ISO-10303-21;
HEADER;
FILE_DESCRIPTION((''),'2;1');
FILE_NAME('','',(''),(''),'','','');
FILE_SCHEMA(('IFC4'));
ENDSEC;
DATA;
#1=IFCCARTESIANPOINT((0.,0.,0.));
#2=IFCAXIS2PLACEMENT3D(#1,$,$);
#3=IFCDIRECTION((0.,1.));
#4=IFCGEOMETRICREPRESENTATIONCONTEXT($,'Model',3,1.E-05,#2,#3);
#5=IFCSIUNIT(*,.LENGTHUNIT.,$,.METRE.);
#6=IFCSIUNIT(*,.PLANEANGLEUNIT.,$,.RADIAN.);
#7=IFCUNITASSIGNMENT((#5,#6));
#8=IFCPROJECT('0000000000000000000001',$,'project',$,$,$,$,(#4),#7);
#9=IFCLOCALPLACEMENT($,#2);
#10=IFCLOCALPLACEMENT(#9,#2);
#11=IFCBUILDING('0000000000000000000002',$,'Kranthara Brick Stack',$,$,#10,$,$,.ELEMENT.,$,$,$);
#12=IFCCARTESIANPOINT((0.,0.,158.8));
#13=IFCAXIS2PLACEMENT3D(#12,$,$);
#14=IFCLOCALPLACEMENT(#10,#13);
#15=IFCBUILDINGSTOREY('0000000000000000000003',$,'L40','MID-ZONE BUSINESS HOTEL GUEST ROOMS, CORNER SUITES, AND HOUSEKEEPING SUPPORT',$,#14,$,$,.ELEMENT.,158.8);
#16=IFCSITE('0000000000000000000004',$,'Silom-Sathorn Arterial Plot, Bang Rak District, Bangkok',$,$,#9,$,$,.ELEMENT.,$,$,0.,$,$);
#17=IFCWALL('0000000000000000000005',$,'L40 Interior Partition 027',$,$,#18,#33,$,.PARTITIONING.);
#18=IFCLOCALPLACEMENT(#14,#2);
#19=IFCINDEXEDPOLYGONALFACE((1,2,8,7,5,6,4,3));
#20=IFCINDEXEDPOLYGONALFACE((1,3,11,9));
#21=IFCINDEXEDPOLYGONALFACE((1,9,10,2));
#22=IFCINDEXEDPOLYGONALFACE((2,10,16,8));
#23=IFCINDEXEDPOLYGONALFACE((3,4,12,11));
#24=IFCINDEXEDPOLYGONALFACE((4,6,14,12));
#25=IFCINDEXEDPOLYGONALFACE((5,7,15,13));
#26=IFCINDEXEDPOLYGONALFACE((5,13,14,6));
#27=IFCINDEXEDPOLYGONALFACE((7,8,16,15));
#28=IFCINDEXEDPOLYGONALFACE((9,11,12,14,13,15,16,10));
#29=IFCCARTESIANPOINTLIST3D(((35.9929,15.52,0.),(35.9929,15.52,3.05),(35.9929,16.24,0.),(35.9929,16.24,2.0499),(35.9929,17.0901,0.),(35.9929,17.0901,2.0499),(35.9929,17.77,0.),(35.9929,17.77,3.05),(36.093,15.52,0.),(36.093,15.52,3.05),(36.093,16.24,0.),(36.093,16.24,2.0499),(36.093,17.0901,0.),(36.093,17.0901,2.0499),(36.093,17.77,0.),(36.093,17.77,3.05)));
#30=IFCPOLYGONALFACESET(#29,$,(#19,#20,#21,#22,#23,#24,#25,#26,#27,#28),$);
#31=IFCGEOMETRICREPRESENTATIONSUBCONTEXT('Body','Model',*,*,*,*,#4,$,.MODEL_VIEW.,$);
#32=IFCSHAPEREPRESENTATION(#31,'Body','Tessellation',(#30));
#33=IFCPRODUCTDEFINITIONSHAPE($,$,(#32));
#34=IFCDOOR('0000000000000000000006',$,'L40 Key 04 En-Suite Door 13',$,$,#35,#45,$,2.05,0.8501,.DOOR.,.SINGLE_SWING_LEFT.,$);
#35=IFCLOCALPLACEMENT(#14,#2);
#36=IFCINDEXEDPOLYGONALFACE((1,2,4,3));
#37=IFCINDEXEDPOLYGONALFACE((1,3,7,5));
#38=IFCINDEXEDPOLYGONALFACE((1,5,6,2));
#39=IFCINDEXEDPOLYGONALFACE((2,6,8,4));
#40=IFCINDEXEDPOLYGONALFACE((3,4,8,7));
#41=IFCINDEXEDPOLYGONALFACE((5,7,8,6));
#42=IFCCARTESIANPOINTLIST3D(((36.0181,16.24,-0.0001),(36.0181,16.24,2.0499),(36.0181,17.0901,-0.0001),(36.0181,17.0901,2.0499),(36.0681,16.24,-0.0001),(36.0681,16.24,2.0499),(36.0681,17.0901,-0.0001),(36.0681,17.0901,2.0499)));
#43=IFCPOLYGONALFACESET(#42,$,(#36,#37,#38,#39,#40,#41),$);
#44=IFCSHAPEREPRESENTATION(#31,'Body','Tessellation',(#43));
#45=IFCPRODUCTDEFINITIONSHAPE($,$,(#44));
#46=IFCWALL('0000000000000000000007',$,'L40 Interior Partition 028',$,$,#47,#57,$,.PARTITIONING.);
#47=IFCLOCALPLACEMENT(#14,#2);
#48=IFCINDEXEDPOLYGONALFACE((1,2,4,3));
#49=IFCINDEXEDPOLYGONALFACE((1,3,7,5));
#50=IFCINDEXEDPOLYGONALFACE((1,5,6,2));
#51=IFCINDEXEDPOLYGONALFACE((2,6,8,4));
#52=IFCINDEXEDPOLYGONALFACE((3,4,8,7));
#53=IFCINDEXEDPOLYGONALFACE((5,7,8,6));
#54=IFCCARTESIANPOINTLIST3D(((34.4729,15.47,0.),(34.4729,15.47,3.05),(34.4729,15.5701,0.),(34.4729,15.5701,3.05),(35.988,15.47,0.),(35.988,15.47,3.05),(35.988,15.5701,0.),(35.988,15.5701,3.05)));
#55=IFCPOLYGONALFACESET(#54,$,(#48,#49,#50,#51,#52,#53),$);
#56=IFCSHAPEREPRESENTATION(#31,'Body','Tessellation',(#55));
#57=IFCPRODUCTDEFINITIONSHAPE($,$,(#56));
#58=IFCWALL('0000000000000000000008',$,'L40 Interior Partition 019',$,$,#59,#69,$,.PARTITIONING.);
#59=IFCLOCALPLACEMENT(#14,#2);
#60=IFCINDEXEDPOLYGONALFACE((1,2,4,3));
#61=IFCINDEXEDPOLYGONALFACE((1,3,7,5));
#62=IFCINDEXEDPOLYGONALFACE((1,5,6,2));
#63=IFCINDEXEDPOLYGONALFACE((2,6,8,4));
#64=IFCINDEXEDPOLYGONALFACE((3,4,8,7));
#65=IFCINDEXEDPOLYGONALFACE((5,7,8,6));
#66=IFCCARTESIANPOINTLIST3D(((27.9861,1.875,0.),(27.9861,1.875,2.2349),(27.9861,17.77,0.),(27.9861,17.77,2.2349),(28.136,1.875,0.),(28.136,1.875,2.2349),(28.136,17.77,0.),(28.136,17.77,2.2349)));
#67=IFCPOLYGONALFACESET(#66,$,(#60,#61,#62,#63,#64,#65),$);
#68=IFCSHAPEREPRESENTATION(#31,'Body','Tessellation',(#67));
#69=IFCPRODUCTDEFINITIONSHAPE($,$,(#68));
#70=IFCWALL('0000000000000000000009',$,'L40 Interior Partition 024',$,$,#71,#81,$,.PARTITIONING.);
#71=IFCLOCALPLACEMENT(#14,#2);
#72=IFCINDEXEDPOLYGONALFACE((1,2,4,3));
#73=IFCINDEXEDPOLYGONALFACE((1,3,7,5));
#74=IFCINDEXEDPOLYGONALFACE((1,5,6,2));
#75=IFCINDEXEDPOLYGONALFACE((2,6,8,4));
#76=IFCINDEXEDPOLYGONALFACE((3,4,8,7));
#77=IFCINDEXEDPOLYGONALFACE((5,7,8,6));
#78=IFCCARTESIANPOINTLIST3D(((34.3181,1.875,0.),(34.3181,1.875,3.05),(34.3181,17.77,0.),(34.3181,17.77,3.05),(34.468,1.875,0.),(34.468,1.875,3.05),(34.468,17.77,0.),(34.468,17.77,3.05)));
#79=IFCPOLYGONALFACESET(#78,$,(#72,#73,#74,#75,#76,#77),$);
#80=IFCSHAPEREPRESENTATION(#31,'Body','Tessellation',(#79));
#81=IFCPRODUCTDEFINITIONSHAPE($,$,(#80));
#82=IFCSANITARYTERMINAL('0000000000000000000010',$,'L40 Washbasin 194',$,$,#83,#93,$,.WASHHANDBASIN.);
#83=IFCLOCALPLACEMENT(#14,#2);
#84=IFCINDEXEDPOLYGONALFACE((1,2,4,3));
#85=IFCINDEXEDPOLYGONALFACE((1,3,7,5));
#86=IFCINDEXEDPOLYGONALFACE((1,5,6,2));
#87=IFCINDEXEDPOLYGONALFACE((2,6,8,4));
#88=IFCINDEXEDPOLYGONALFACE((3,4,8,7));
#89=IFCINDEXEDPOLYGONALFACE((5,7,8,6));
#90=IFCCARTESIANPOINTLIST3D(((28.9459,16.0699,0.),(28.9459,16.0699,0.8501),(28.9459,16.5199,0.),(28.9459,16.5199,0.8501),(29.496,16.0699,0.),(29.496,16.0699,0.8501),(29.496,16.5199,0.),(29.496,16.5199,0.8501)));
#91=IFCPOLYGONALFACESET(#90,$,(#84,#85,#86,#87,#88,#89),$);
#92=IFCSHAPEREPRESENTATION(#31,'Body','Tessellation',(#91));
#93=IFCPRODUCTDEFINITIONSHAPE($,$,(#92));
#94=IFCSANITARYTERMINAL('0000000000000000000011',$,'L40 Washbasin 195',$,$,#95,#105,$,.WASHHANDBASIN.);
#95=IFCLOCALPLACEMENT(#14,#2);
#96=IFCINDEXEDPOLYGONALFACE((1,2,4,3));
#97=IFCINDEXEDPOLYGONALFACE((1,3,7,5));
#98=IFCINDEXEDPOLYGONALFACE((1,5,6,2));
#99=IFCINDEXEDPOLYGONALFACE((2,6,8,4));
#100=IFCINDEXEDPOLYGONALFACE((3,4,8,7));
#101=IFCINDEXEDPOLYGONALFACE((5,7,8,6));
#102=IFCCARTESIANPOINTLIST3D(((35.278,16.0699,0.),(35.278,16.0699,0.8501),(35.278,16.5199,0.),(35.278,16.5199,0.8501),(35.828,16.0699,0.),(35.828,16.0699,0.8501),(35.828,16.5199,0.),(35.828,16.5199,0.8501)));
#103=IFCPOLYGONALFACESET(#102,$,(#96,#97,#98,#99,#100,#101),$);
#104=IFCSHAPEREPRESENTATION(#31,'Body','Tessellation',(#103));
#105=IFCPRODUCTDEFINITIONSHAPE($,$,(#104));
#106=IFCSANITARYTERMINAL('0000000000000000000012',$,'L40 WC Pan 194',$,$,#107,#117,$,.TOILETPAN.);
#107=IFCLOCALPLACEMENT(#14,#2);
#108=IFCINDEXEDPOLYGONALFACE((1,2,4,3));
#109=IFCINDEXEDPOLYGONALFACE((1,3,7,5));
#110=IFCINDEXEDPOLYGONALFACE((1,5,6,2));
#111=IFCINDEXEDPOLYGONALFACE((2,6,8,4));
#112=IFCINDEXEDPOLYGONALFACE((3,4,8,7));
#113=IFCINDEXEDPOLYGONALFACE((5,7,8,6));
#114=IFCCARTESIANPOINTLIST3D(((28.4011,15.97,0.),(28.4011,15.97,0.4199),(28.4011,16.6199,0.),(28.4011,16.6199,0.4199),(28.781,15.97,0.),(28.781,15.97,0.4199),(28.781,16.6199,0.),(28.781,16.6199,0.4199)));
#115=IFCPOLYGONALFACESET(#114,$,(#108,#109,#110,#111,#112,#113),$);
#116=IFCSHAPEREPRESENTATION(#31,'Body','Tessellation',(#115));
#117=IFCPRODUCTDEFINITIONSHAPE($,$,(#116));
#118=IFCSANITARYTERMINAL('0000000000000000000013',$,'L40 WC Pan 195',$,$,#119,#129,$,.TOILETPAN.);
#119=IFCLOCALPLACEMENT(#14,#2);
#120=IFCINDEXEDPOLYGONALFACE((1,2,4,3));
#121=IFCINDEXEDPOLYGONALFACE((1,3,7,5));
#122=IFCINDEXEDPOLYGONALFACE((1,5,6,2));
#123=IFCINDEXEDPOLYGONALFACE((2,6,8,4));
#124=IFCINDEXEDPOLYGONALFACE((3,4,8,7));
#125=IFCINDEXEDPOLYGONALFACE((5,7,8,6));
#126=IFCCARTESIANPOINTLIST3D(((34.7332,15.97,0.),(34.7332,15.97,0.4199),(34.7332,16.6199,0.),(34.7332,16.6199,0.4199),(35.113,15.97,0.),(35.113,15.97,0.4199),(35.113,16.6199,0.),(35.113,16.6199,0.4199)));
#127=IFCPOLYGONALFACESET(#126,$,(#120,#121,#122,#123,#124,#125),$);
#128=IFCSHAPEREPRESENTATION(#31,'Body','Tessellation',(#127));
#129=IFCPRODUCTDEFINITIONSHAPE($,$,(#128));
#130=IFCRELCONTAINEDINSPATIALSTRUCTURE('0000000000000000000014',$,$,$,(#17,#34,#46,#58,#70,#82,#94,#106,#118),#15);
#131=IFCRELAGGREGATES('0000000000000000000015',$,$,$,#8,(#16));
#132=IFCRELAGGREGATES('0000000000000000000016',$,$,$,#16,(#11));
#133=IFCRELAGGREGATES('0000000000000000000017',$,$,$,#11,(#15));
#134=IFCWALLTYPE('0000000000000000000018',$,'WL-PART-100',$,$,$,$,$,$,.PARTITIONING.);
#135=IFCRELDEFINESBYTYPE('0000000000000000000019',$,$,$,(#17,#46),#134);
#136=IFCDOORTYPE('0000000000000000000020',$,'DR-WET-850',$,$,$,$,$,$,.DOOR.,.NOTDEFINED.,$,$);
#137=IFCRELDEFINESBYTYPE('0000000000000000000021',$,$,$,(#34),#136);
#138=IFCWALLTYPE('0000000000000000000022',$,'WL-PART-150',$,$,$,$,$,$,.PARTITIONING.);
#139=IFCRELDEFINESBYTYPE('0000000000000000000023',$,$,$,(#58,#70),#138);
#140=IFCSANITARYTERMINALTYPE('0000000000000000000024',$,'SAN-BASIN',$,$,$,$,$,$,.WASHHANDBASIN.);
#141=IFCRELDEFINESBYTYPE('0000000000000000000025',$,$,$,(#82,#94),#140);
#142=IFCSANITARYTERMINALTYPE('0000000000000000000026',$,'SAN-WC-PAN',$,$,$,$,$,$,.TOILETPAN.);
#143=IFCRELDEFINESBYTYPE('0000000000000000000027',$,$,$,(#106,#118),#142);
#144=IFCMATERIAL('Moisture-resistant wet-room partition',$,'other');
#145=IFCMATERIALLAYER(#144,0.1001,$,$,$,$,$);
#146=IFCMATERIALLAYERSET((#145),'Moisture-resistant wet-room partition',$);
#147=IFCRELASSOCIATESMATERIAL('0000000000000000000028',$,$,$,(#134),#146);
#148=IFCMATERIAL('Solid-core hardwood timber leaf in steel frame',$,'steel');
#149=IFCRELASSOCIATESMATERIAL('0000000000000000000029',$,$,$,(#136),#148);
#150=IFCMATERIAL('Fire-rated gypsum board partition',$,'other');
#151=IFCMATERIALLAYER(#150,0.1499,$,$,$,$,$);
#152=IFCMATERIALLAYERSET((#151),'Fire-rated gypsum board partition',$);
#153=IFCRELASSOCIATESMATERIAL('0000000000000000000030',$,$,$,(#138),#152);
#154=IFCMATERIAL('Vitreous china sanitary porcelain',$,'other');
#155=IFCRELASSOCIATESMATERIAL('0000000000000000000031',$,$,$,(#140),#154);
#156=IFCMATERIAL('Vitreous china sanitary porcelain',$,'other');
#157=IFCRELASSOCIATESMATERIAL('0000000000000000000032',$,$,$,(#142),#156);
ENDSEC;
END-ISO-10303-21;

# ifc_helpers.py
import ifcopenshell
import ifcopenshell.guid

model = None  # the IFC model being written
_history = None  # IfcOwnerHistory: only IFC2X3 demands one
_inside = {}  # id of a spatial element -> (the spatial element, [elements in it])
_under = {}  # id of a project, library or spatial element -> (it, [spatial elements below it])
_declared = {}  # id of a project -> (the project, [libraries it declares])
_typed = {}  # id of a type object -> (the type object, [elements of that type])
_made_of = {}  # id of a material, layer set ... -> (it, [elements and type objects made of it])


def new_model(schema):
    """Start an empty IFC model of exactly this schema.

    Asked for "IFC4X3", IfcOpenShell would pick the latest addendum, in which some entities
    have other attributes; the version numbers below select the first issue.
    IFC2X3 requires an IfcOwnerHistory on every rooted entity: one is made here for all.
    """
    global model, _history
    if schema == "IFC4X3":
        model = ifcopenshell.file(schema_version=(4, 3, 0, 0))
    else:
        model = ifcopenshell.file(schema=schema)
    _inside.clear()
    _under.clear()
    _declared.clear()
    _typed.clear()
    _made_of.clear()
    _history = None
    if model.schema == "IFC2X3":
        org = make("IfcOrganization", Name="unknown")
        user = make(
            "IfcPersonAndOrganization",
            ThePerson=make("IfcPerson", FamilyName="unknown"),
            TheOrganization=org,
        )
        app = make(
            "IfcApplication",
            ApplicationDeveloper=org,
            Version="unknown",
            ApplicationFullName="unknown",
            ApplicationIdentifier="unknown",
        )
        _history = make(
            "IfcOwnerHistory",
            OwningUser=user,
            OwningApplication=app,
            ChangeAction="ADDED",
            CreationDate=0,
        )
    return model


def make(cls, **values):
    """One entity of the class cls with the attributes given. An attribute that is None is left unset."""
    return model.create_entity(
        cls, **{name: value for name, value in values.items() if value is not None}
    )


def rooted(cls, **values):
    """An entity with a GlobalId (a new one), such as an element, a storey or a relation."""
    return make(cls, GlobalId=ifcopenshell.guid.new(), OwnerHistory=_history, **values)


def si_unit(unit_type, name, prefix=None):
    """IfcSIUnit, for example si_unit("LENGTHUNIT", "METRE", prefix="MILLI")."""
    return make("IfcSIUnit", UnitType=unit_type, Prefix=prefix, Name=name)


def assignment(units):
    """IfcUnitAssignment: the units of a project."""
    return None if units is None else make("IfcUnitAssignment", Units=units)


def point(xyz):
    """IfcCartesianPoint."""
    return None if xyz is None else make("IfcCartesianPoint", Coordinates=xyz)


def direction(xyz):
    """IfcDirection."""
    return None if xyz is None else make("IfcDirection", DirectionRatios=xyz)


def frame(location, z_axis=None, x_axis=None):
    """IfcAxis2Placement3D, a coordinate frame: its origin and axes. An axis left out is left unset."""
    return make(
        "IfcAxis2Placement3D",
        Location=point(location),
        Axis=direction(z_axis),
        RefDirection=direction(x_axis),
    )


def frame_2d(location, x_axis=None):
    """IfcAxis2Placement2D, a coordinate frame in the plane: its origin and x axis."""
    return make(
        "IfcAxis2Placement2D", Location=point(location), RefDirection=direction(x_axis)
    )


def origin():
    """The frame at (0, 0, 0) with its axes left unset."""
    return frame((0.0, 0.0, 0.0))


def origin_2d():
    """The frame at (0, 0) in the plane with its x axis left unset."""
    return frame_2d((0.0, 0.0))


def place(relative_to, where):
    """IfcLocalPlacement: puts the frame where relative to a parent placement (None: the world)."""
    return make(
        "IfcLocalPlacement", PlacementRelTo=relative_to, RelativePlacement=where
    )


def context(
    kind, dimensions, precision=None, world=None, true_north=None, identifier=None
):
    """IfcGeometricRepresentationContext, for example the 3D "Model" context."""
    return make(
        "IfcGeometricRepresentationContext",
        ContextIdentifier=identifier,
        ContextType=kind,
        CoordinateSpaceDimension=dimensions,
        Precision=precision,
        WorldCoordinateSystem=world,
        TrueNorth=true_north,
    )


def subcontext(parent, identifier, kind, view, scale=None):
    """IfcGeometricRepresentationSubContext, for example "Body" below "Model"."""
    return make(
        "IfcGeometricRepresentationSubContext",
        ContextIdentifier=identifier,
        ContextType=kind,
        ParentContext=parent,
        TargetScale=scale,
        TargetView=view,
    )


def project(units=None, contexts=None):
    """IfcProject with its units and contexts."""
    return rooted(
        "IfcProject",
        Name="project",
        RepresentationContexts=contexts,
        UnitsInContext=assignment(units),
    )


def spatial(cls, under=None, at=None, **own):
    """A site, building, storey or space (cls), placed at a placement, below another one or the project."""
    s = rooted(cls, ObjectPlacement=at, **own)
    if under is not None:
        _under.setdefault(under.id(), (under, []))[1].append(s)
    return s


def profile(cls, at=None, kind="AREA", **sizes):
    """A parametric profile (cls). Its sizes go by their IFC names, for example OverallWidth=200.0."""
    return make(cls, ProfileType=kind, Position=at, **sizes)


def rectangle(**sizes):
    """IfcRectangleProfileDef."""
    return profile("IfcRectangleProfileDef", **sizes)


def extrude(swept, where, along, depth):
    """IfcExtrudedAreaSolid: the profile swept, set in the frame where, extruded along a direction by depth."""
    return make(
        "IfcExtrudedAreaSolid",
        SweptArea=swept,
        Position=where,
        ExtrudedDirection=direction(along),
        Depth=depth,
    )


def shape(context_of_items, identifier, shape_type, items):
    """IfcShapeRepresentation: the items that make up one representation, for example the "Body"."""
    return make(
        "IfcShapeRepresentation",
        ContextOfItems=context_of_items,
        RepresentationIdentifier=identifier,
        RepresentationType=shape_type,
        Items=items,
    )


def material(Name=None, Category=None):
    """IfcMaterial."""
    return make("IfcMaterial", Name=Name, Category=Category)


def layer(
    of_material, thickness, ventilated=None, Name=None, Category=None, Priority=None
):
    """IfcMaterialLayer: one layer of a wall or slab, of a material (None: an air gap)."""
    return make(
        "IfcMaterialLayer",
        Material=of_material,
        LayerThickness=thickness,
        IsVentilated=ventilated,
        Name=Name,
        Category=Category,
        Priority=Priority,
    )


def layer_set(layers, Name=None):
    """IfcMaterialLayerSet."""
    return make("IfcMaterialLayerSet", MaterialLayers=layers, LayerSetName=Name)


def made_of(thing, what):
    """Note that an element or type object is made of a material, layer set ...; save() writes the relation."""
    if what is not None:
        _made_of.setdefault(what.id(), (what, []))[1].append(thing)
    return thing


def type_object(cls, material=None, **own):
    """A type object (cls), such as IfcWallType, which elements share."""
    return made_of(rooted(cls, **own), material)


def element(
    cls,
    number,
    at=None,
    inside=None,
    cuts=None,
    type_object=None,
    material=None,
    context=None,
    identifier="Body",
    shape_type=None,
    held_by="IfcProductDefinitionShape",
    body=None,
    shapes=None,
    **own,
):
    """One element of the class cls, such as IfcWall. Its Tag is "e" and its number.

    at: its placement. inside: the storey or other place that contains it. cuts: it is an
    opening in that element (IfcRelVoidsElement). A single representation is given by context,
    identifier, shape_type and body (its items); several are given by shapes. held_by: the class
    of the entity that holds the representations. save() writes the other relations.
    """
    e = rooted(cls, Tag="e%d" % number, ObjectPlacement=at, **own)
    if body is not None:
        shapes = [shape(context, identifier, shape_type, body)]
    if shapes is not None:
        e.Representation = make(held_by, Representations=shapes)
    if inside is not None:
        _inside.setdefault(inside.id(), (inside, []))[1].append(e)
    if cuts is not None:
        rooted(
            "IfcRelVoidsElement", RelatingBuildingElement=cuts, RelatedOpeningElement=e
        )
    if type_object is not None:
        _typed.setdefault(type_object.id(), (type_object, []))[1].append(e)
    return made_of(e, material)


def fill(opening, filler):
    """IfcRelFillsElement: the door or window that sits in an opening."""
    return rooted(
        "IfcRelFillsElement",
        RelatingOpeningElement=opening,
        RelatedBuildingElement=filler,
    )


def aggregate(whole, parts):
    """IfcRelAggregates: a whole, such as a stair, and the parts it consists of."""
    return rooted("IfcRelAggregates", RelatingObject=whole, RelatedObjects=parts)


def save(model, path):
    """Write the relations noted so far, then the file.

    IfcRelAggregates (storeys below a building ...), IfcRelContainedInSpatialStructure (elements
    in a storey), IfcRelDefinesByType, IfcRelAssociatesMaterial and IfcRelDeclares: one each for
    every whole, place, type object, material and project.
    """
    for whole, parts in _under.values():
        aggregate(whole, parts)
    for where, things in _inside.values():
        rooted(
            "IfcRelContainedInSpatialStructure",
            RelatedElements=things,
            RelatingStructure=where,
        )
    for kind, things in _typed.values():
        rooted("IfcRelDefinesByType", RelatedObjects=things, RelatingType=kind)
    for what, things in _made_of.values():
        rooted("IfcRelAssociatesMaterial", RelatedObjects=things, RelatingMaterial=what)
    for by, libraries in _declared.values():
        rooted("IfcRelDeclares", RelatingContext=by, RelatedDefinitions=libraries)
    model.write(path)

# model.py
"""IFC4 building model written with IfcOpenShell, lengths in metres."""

from ifc_helpers import new_model, si_unit, direction, frame, frame_2d, origin, origin_2d, place, context, subcontext, project, spatial, rectangle, extrude, material, layer, layer_set, type_object, element, fill, save


model = new_model("IFC4")

# Units and contexts
model_context = context("Model", 3, precision=1e-05, world=origin(), true_north=direction((0.0, 1.0)))
body_context = subcontext(model_context, "Body", "Model", "MODEL_VIEW")
ifc_project = project(units=[si_unit("LENGTHUNIT", "METRE"), si_unit("PLANEANGLEUNIT", "RADIAN")], contexts=[model_context])

# Site, building, storey
site_placement = place(None, origin())
site = spatial("IfcSite", under=ifc_project, at=site_placement, Name="Silom-Sathorn Arterial Plot, Bang Rak District, Bangkok", CompositionType="ELEMENT", RefElevation=0.0)
building_placement = place(site_placement, origin())
building = spatial("IfcBuilding", under=site, at=building_placement, Name="Kranthara Brick Stack", CompositionType="ELEMENT")
storey_placement = place(building_placement, frame((0.0, 0.0, 158.8)))
storey = spatial("IfcBuildingStorey", under=building, at=storey_placement, Name="L40", Description="MID-ZONE BUSINESS HOTEL GUEST ROOMS, CORNER SUITES, AND HOUSEKEEPING SUPPORT", CompositionType="ELEMENT", Elevation=158.8)

# Shared definitions
ifc_material_1 = material(Name="Moisture-resistant wet-room partition", Category="other")
ifc_layer_1 = layer(ifc_material_1, 0.1001)
ifc_layer_set_1 = layer_set([ifc_layer_1], Name="Moisture-resistant wet-room partition")
wall_type_1 = type_object("IfcWallType", Name="WL-PART-100", PredefinedType="PARTITIONING", material=ifc_layer_set_1)
ifc_material_2 = material(Name="Solid-core hardwood timber leaf in steel frame", Category="steel")
door_type = type_object("IfcDoorType", Name="DR-WET-850", OperationType="NOTDEFINED", PredefinedType="DOOR", material=ifc_material_2)

# Wall, opening, door
wall_1_placement = place(storey_placement, frame((36.043, 15.52, 0.0), z_axis=(0.0, 0.0, 1.0), x_axis=(0.0, 1.0, 0.0)))
wall_1 = element("IfcWall", 1, at=wall_1_placement, inside=storey, type_object=wall_type_1, Name="L40 Interior Partition 027", PredefinedType="PARTITIONING", context=body_context, shape_type="SweptSolid", body=[
    extrude(rectangle(XDim=2.25, YDim=0.1001, at=frame_2d((1.125, 0.0))), origin(), (0.0, 0.0, 1.0), 3.05),
])
opening_1_placement = place(wall_1_placement, frame((0.72, 0.0, 0.0)))
opening_1 = element("IfcOpeningElement", 2, at=opening_1_placement, cuts=wall_1, PredefinedType="OPENING", context=body_context, shape_type="SweptSolid", body=[
    extrude(rectangle(XDim=0.8501, YDim=2.05, at=frame_2d((0.425, 1.0249))), frame((0.0, 0.0601, 0.0), z_axis=(0.0, -1.0, 0.0), x_axis=(1.0, 0.0, 0.0)), (0.0, 0.0, 1.0), 0.1201),
])
door_1_placement = place(opening_1_placement, origin())
door_1 = element("IfcDoor", 3, at=door_1_placement, inside=storey, type_object=door_type, Name="L40 Key 04 En-Suite Door 13", OperationType="SINGLE_SWING_LEFT", OverallHeight=2.05, OverallWidth=0.8501, PredefinedType="DOOR", context=body_context, shape_type="SweptSolid", body=[
    extrude(rectangle(XDim=0.8501, YDim=2.05, at=frame_2d((0.425, 1.0249))), frame((0.0, 0.0249, 0.0), z_axis=(0.0, -1.0, 0.0), x_axis=(1.0, 0.0, 0.0)), (0.0, 0.0, 1.0), 0.05),
])
fill(opening_1, door_1)

# Walls
wall_2_placement = place(storey_placement, frame((34.4729, 15.52, 0.0), z_axis=(0.0, 0.0, 1.0), x_axis=(1.0, 0.0, 0.0)))
element("IfcWall", 4, at=wall_2_placement, inside=storey, type_object=wall_type_1, Name="L40 Interior Partition 028", PredefinedType="PARTITIONING", context=body_context, shape_type="SweptSolid", body=[
    extrude(rectangle(XDim=1.5151, YDim=0.1001, at=frame_2d((0.7576, 0.0))), origin(), (0.0, 0.0, 1.0), 3.05),
])
ifc_material_3 = material(Name="Fire-rated gypsum board partition", Category="other")
ifc_layer_2 = layer(ifc_material_3, 0.1499)
ifc_layer_set_2 = layer_set([ifc_layer_2], Name="Fire-rated gypsum board partition")
wall_type_2 = type_object("IfcWallType", Name="WL-PART-150", PredefinedType="PARTITIONING", material=ifc_layer_set_2)
wall_3_placement = place(storey_placement, frame((28.061, 1.875, 0.0), z_axis=(0.0, 0.0, 1.0), x_axis=(0.0, 1.0, 0.0)))
element("IfcWall", 5, at=wall_3_placement, inside=storey, type_object=wall_type_2, Name="L40 Interior Partition 019", PredefinedType="PARTITIONING", context=body_context, shape_type="SweptSolid", body=[
    extrude(rectangle(XDim=15.895, YDim=0.1499, at=frame_2d((7.9475, 0.0))), origin(), (0.0, 0.0, 1.0), 2.2349),
])
wall_4_placement = place(storey_placement, frame((34.3931, 1.875, 0.0), z_axis=(0.0, 0.0, 1.0), x_axis=(0.0, 1.0, 0.0)))
element("IfcWall", 6, at=wall_4_placement, inside=storey, type_object=wall_type_2, Name="L40 Interior Partition 024", PredefinedType="PARTITIONING", context=body_context, shape_type="SweptSolid", body=[
    extrude(rectangle(XDim=15.895, YDim=0.1499, at=frame_2d((7.9475, 0.0))), origin(), (0.0, 0.0, 1.0), 3.05),
])

# Sanitary terminals
ifc_material_4 = material(Name="Vitreous china sanitary porcelain", Category="other")
sanitary_terminal_type_1 = type_object("IfcSanitaryTerminalType", Name="SAN-BASIN", PredefinedType="WASHHANDBASIN", material=ifc_material_4)
for number, where, z_axis, x_axis, name in (
    (7, (29.2209, 16.2949, 0.0), (0.0, 0.0, 1.0), (1.0, 0.0, 0.0), "L40 Washbasin 194"),
    (8, (35.553, 16.2949, 0.0), (0.0, 0.0, 1.0), (1.0, 0.0, 0.0), "L40 Washbasin 195"),
):
    element("IfcSanitaryTerminal", number, at=place(storey_placement, frame(where, z_axis=z_axis, x_axis=x_axis)), inside=storey, type_object=sanitary_terminal_type_1, Name=name, PredefinedType="WASHHANDBASIN", context=body_context, shape_type="SweptSolid", body=[
        extrude(rectangle(XDim=0.55, YDim=0.45, at=origin_2d()), origin(), (0.0, 0.0, 1.0), 0.8501),
    ])
ifc_material_5 = material(Name="Vitreous china sanitary porcelain", Category="other")
sanitary_terminal_type_2 = type_object("IfcSanitaryTerminalType", Name="SAN-WC-PAN", PredefinedType="TOILETPAN", material=ifc_material_5)
for number, where, z_axis, x_axis, name in (
    (9, (28.5911, 16.2949, 0.0), (0.0, 0.0, 1.0), (1.0, 0.0, 0.0), "L40 WC Pan 194"),
    (10, (34.9231, 16.2949, 0.0), (0.0, 0.0, 1.0), (1.0, 0.0, 0.0), "L40 WC Pan 195"),
):
    element("IfcSanitaryTerminal", number, at=place(storey_placement, frame(where, z_axis=z_axis, x_axis=x_axis)), inside=storey, type_object=sanitary_terminal_type_2, Name=name, PredefinedType="TOILETPAN", context=body_context, shape_type="SweptSolid", body=[
        extrude(rectangle(XDim=0.3799, YDim=0.6499, at=origin_2d()), origin(), (0.0, 0.0, 1.0), 0.4199),
    ])

save(model, "model.ifc")
